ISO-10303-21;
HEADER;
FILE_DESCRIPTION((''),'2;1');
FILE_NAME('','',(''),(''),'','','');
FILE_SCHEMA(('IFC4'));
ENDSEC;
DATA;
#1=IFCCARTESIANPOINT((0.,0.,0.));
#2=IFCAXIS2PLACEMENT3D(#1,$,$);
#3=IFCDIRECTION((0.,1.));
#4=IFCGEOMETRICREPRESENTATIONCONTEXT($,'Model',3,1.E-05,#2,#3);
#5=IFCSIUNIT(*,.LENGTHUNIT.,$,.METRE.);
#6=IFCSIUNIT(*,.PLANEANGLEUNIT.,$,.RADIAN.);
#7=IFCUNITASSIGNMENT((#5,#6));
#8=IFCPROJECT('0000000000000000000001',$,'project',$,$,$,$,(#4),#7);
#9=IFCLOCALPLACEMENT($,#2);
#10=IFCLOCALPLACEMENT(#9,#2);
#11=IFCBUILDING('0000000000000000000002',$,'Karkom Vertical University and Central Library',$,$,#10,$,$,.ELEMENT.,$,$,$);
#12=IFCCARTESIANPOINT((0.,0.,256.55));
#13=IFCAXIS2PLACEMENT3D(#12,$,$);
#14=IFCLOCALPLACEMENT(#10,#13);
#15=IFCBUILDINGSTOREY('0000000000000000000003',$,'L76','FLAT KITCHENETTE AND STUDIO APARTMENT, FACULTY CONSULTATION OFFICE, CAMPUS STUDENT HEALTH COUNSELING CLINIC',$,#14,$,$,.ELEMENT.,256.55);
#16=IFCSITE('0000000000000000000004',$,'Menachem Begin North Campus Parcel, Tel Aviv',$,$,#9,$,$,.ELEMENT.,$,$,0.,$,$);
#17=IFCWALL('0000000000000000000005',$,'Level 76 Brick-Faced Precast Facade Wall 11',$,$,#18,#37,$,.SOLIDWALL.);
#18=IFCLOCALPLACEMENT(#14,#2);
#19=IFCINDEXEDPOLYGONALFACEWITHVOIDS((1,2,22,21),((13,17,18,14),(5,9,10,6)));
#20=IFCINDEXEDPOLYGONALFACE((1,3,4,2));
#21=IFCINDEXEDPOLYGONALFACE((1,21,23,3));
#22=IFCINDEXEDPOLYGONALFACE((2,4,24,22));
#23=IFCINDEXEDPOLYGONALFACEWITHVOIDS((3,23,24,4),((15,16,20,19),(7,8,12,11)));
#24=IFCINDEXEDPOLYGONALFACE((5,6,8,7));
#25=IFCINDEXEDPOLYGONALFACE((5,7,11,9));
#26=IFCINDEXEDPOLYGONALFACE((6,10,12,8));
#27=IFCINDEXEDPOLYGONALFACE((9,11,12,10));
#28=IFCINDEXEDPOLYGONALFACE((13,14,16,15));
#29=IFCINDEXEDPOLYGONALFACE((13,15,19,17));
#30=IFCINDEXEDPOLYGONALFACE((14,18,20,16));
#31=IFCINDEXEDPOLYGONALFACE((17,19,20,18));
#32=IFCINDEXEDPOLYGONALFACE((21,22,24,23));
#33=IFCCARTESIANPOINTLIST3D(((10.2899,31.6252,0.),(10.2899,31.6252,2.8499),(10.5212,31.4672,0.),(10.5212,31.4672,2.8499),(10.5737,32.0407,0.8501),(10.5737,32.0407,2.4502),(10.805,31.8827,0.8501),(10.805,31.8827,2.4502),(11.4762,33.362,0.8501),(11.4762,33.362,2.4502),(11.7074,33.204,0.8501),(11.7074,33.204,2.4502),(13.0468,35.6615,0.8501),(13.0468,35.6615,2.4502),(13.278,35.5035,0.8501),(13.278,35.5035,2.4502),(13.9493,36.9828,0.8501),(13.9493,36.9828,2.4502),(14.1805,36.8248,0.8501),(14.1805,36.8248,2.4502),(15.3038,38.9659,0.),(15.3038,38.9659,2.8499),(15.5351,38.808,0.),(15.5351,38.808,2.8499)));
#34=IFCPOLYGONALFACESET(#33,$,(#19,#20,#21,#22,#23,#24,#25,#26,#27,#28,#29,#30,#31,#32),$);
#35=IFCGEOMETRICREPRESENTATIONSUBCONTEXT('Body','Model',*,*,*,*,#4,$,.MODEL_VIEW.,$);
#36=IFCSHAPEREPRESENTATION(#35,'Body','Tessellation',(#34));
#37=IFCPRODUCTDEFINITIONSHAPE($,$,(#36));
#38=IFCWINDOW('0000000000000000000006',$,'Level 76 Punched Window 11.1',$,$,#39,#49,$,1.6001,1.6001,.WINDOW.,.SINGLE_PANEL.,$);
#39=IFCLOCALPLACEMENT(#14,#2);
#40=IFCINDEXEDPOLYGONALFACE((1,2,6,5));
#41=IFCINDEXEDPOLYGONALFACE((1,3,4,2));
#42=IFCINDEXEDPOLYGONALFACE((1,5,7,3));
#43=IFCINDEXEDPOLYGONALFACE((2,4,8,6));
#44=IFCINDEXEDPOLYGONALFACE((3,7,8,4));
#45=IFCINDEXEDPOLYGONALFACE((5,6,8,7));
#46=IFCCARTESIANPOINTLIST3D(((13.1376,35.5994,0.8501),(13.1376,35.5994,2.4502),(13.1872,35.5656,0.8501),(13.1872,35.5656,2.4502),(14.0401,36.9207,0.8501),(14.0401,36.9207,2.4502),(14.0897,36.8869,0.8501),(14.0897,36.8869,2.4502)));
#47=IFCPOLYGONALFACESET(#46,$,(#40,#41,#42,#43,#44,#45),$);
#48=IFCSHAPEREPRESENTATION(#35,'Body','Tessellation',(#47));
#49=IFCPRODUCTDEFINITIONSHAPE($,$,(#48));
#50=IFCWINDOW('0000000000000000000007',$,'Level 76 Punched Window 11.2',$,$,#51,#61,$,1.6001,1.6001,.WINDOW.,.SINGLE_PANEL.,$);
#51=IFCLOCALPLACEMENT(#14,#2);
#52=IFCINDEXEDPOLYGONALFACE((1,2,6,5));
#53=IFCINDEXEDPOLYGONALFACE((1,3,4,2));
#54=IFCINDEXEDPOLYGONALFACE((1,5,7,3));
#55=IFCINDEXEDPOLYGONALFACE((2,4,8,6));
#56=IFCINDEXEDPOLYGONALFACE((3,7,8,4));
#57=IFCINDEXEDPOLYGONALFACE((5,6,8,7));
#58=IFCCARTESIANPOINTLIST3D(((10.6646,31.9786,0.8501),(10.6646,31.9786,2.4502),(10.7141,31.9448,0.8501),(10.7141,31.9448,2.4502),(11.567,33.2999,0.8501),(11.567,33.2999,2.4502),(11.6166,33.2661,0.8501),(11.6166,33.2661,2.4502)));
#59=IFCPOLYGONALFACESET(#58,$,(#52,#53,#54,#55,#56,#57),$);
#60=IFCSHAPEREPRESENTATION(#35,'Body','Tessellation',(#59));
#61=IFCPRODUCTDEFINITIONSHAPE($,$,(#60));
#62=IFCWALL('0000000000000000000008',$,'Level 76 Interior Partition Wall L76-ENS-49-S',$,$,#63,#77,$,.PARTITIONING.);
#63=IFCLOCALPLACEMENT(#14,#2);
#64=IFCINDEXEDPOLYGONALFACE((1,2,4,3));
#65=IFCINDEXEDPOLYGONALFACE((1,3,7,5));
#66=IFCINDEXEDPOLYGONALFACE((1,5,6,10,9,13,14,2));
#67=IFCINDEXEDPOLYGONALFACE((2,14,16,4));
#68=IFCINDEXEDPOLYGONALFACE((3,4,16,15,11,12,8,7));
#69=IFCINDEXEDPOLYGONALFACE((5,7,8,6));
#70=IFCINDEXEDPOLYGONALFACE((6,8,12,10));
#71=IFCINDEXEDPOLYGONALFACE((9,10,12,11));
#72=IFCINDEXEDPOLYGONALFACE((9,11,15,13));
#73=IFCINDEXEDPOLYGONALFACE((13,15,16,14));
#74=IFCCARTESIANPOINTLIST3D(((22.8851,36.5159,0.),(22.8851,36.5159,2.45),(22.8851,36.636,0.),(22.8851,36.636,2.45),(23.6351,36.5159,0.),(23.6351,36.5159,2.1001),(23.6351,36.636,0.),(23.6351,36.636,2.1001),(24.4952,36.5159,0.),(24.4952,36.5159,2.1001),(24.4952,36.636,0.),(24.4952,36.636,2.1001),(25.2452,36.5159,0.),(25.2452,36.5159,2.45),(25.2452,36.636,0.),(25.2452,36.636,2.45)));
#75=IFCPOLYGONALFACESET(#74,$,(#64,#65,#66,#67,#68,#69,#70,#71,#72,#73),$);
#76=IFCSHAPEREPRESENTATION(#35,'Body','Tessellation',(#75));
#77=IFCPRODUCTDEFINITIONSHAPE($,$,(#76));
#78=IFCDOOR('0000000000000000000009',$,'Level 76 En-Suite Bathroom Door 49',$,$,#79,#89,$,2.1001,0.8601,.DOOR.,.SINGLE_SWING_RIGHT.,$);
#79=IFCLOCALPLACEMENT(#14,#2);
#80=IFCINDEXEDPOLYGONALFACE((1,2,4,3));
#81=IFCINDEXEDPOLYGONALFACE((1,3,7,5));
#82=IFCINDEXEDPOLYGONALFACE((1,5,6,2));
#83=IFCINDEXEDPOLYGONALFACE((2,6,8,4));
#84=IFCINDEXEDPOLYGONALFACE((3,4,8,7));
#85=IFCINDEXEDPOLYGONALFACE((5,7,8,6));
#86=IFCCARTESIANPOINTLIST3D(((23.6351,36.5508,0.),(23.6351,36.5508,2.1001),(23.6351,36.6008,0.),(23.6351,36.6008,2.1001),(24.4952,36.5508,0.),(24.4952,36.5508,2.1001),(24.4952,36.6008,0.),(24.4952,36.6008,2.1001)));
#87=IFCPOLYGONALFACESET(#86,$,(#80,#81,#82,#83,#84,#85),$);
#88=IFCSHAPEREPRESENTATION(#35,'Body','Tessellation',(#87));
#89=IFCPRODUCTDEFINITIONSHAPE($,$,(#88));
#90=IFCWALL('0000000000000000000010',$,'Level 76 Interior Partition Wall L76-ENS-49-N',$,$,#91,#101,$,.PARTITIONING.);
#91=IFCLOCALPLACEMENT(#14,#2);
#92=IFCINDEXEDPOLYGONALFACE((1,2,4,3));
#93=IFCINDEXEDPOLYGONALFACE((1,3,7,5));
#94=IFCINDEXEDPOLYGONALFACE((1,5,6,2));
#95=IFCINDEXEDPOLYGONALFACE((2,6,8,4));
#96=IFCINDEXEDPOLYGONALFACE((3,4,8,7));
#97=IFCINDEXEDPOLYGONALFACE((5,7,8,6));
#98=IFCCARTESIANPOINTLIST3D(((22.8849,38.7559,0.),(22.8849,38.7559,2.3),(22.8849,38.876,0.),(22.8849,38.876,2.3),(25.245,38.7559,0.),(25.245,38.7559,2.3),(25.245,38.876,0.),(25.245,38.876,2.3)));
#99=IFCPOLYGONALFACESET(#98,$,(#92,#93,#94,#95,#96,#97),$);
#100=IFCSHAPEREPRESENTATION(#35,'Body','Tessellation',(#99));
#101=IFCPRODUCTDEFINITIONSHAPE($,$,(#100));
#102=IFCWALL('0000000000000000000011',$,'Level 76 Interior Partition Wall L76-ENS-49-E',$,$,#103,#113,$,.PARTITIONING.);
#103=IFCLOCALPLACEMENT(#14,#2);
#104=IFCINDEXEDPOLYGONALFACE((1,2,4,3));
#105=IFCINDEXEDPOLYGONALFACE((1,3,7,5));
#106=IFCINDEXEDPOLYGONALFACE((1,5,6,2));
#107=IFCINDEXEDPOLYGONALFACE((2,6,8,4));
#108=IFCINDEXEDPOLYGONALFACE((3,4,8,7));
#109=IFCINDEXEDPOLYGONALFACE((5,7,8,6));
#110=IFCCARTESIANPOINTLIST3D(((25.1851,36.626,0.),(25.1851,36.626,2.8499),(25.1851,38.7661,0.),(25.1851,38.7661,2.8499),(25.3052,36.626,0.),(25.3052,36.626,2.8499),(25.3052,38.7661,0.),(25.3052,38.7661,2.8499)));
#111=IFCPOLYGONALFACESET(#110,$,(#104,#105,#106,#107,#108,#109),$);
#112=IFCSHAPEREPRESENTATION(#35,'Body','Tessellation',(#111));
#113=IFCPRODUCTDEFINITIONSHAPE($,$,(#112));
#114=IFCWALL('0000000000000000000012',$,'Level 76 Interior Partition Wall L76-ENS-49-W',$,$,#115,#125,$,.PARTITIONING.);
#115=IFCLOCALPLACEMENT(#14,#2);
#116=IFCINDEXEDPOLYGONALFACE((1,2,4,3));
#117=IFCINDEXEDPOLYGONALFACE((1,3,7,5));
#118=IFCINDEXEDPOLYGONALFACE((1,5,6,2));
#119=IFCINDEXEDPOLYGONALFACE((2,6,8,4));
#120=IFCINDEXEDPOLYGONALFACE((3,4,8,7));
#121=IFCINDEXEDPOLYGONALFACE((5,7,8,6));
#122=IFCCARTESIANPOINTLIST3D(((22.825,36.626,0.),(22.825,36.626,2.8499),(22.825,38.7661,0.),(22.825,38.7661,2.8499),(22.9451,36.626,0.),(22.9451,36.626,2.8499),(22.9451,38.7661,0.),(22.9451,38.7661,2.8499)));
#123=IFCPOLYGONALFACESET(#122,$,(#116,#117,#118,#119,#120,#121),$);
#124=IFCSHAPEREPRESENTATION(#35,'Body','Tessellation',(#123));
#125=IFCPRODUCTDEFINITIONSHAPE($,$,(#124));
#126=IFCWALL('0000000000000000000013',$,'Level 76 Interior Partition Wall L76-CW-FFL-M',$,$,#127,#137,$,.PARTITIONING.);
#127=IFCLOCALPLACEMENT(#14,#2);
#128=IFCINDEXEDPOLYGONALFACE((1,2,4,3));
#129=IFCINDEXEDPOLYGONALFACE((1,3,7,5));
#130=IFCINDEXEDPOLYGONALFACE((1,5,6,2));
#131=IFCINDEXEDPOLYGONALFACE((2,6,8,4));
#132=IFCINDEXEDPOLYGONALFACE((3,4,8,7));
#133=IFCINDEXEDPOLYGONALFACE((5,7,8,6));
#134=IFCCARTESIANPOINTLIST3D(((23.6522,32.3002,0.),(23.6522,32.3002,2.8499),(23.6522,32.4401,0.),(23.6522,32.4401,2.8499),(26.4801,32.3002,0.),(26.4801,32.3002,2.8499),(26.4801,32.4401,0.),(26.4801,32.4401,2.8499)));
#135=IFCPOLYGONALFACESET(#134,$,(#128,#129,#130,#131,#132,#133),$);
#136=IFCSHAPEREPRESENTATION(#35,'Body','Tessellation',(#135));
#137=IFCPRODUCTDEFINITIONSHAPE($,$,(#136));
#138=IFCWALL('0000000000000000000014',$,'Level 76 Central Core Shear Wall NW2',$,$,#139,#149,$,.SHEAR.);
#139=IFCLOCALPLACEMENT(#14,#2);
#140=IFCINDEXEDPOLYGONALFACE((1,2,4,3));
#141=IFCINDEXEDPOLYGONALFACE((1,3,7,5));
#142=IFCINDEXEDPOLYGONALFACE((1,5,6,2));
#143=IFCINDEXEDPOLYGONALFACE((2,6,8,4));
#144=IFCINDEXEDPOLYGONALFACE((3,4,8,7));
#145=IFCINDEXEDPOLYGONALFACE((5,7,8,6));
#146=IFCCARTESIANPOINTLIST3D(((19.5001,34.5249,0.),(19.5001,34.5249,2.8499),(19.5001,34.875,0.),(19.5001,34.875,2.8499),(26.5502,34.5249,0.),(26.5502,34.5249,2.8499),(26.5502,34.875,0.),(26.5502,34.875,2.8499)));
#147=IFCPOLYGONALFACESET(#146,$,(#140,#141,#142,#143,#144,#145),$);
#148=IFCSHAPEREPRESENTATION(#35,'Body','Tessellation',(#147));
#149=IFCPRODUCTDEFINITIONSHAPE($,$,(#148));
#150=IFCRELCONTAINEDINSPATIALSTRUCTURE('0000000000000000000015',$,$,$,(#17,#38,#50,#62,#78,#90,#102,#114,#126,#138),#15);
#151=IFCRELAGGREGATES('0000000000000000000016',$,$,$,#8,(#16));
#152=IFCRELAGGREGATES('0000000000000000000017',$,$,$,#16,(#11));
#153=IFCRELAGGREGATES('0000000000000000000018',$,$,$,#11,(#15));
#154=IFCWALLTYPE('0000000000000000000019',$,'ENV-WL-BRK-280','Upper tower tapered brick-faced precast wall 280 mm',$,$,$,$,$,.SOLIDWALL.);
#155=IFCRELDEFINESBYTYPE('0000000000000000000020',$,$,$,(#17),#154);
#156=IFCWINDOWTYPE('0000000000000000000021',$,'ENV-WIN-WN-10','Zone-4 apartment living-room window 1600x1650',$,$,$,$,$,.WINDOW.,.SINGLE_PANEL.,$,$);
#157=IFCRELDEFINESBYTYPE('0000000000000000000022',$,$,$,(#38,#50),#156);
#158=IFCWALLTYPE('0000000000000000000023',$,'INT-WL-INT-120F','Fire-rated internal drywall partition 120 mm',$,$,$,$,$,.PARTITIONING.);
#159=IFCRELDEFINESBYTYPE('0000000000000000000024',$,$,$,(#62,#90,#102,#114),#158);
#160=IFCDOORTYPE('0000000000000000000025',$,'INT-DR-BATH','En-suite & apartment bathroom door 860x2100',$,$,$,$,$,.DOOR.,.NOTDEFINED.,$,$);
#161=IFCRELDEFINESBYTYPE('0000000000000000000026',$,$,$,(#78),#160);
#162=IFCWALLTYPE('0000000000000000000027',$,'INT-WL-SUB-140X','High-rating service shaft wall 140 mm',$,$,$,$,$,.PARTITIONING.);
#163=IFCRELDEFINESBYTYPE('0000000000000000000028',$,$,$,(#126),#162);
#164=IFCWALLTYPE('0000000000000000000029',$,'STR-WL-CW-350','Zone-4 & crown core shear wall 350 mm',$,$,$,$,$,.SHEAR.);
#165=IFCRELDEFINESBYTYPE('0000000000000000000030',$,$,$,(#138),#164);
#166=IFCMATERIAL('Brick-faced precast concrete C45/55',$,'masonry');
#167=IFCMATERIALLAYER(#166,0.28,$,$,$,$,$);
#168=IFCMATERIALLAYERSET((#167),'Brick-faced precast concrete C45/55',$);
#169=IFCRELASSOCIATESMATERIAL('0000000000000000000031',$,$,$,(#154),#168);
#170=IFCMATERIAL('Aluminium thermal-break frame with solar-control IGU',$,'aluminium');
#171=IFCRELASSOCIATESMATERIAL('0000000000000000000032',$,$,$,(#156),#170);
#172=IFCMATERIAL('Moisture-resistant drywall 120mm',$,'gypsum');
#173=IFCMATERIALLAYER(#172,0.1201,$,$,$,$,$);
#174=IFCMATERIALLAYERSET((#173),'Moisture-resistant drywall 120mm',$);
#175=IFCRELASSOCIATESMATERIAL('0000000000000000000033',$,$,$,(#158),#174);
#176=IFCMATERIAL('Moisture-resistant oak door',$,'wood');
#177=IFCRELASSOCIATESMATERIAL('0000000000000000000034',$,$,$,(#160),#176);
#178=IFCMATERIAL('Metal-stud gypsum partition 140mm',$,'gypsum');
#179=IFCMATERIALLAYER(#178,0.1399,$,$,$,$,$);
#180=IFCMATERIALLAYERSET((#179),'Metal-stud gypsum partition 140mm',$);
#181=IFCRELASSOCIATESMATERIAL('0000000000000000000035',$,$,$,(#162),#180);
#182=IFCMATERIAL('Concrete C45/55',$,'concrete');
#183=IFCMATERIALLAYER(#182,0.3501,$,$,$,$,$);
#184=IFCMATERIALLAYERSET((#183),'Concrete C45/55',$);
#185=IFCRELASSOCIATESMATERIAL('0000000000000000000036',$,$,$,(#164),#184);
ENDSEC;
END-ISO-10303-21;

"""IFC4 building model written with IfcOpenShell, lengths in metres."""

from ifc_helpers import new_model, si_unit, direction, frame, frame_2d, origin, origin_with_axes, place, context, subcontext, project, spatial, rectangle, extrude, source, transform, mapped, material, layer, layer_set, type_object, element, fill, save


model = new_model("IFC4")

# Units and contexts
model_context = context("Model", 3, precision=1e-05, world=origin(), true_north=direction((0.0, 1.0)))
body_context = subcontext(model_context, "Body", "Model", "MODEL_VIEW")
ifc_project = project(units=[si_unit("LENGTHUNIT", "METRE"), si_unit("PLANEANGLEUNIT", "RADIAN")], contexts=[model_context])

# Site, building, storey
site_placement = place(None, origin())
site = spatial("IfcSite", under=ifc_project, at=site_placement, Name="Menachem Begin North Campus Parcel, Tel Aviv", CompositionType="ELEMENT", RefElevation=0.0)
building_placement = place(site_placement, origin())
building = spatial("IfcBuilding", under=site, at=building_placement, Name="Karkom Vertical University and Central Library", CompositionType="ELEMENT")
storey_placement = place(building_placement, frame((0.0, 0.0, 256.55)))
storey = spatial("IfcBuildingStorey", under=building, at=storey_placement, Name="L76", Description="FLAT KITCHENETTE AND STUDIO APARTMENT, FACULTY CONSULTATION OFFICE, CAMPUS STUDENT HEALTH COUNSELING CLINIC", CompositionType="ELEMENT", Elevation=256.55)

# Shared definitions
ifc_material_1 = material(Name="Concrete C45/55", Category="concrete")

# Wall, openings, windows
ifc_material_2 = material(Name="Brick-faced precast concrete C45/55", Category="masonry")
ifc_layer_1 = layer(ifc_material_2, 0.28)
ifc_layer_set_1 = layer_set([ifc_layer_1], Name="Brick-faced precast concrete C45/55")
wall_type_1 = type_object("IfcWallType", Name="ENV-WL-BRK-280", Description="Upper tower tapered brick-faced precast wall 280 mm", PredefinedType="SOLIDWALL", material=ifc_layer_set_1)
ifc_material_3 = material(Name="Aluminium thermal-break frame with solar-control IGU", Category="aluminium")
window_type = type_object("IfcWindowType", Name="ENV-WIN-WN-10", Description="Zone-4 apartment living-room window 1600x1650", PartitioningType="SINGLE_PANEL", PredefinedType="WINDOW", material=ifc_material_3)
shared_shape_1 = source(origin_with_axes(), body_context, "Body", "SweptSolid", [
    extrude(rectangle(XDim=1.6001, YDim=1.6001, at=frame_2d((0.8, 0.8))), frame((0.0, 0.03, 0.0), z_axis=(0.0, -1.0, 0.0), x_axis=(1.0, 0.0, 0.0)), (0.0, 0.0, 1.0), 0.0601),
])
wall_1_placement = place(storey_placement, frame((15.4194, 38.887, 0.0), z_axis=(0.0, 0.0, 1.0), x_axis=(-0.564013, -0.825766, 0.0)))
wall_1 = element("IfcWall", 1, at=wall_1_placement, inside=storey, type_object=wall_type_1, Name="Level 76 Brick-Faced Precast Facade Wall 11", PredefinedType="SOLIDWALL", context=body_context, shape_type="SweptSolid", body=[
    extrude(rectangle(XDim=8.8896, YDim=0.28, at=frame_2d((4.4448, 0.0))), origin(), (0.0, 0.0, 1.0), 2.8499),
])
opening_1_placement = place(wall_1_placement, frame((2.4016, 0.0, 0.8501)))
opening_1 = element("IfcOpeningElement", 2, at=opening_1_placement, cuts=wall_1, PredefinedType="OPENING", context=body_context, shape_type="SweptSolid", body=[
    extrude(rectangle(XDim=1.6001, YDim=1.6001, at=frame_2d((0.8, 0.8))), frame((0.0, 0.1499, 0.0), z_axis=(0.0, -1.0, 0.0), x_axis=(1.0, 0.0, 0.0)), (0.0, 0.0, 1.0), 0.3),
])
opening_2_placement = place(wall_1_placement, frame((6.7864, 0.0, 0.8501)))
opening_2 = element("IfcOpeningElement", 3, at=opening_2_placement, cuts=wall_1, PredefinedType="OPENING", context=body_context, shape_type="SweptSolid", body=[
    extrude(rectangle(XDim=1.6001, YDim=1.6001, at=frame_2d((0.8, 0.8))), frame((0.0, 0.1499, 0.0), z_axis=(0.0, -1.0, 0.0), x_axis=(1.0, 0.0, 0.0)), (0.0, 0.0, 1.0), 0.3),
])
window_1_placement = place(opening_1_placement, origin())
window_1 = element("IfcWindow", 4, at=window_1_placement, inside=storey, type_object=window_type, Name="Level 76 Punched Window 11.1", OverallHeight=1.6001, OverallWidth=1.6001, PartitioningType="SINGLE_PANEL", PredefinedType="WINDOW", context=body_context, shape_type="MappedRepresentation", body=[
    mapped(shared_shape_1, transform((0.0, 0.0, 0.0), scale=1.0)),
])
fill(opening_1, window_1)
window_2_placement = place(opening_2_placement, origin())
window_2 = element("IfcWindow", 5, at=window_2_placement, inside=storey, type_object=window_type, Name="Level 76 Punched Window 11.2", OverallHeight=1.6001, OverallWidth=1.6001, PartitioningType="SINGLE_PANEL", PredefinedType="WINDOW", context=body_context, shape_type="MappedRepresentation", body=[
    mapped(shared_shape_1, transform((0.0, 0.0, 0.0), scale=1.0)),
])
fill(opening_2, window_2)

# Wall, opening, door
ifc_material_4 = material(Name="Moisture-resistant drywall 120mm", Category="gypsum")
ifc_layer_2 = layer(ifc_material_4, 0.1201)
ifc_layer_set_2 = layer_set([ifc_layer_2], Name="Moisture-resistant drywall 120mm")
wall_type_2 = type_object("IfcWallType", Name="INT-WL-INT-120F", Description="Fire-rated internal drywall partition 120 mm", PredefinedType="PARTITIONING", material=ifc_layer_set_2)
wall_2_placement = place(storey_placement, frame((22.885, 36.5759, 0.0), z_axis=(0.0, 0.0, 1.0), x_axis=(1.0, 0.0, 0.0)))
wall_2 = element("IfcWall", 6, at=wall_2_placement, inside=storey, type_object=wall_type_2, Name="Level 76 Interior Partition Wall L76-ENS-49-S", PredefinedType="PARTITIONING", context=body_context, shape_type="SweptSolid", body=[
    extrude(rectangle(XDim=2.3601, YDim=0.1201, at=frame_2d((1.1802, 0.0))), origin(), (0.0, 0.0, 1.0), 2.45),
])
opening_3_placement = place(wall_2_placement, frame((0.75, 0.0, 0.0)))
opening_3 = element("IfcOpeningElement", 7, at=opening_3_placement, cuts=wall_2, PredefinedType="OPENING", context=body_context, shape_type="SweptSolid", body=[
    extrude(rectangle(XDim=0.8601, YDim=2.1001, at=frame_2d((0.4302, 1.05))), frame((0.0, 0.0701, 0.0), z_axis=(0.0, -1.0, 0.0), x_axis=(1.0, 0.0, 0.0)), (0.0, 0.0, 1.0), 0.1401),
])
ifc_material_5 = material(Name="Moisture-resistant oak door", Category="wood")
door_type_1 = type_object("IfcDoorType", Name="INT-DR-BATH", Description="En-suite & apartment bathroom door 860x2100", OperationType="NOTDEFINED", PredefinedType="DOOR", material=ifc_material_5)
shared_shape_2 = source(origin_with_axes(), body_context, "Body", "SweptSolid", [
    extrude(rectangle(XDim=0.8601, YDim=2.1001, at=frame_2d((0.4302, 1.05))), frame((0.0, 0.0249, 0.0), z_axis=(0.0, -1.0, 0.0), x_axis=(1.0, 0.0, 0.0)), (0.0, 0.0, 1.0), 0.05),
])
door_1_placement = place(opening_3_placement, origin())
door_1 = element("IfcDoor", 8, at=door_1_placement, inside=storey, type_object=door_type_1, Name="Level 76 En-Suite Bathroom Door 49", OperationType="SINGLE_SWING_RIGHT", OverallHeight=2.1001, OverallWidth=0.8601, PredefinedType="DOOR", context=body_context, shape_type="MappedRepresentation", body=[
    mapped(shared_shape_2, transform((0.0, 0.0, 0.0), scale=1.0)),
])
fill(opening_3, door_1)

# Walls
wall_3_placement = place(storey_placement, frame((25.2451, 38.8159, 0.0), z_axis=(0.0, 0.0, 1.0), x_axis=(-1.0, 0.0, 0.0)))
element("IfcWall", 9, at=wall_3_placement, inside=storey, type_object=wall_type_2, Name="Level 76 Interior Partition Wall L76-ENS-49-N", PredefinedType="PARTITIONING", context=body_context, shape_type="SweptSolid", body=[
    extrude(rectangle(XDim=2.3601, YDim=0.1201, at=frame_2d((1.1802, 0.0))), origin(), (0.0, 0.0, 1.0), 2.3),
])
for number, where, z_axis, x_axis, name in (
    (10, (25.2451, 36.626, 0.0), (0.0, 0.0, 1.0), (0.0, 1.0, 0.0), "Level 76 Interior Partition Wall L76-ENS-49-E"),
    (11, (22.885, 38.7661, 0.0), (0.0, 0.0, 1.0), (0.0, -1.0, 0.0), "Level 76 Interior Partition Wall L76-ENS-49-W"),
):
    element("IfcWall", number, at=place(storey_placement, frame(where, z_axis=z_axis, x_axis=x_axis)), inside=storey, type_object=wall_type_2, Name=name, PredefinedType="PARTITIONING", context=body_context, shape_type="SweptSolid", body=[
        extrude(rectangle(XDim=2.1401, YDim=0.1201, at=frame_2d((1.0701, 0.0))), origin(), (0.0, 0.0, 1.0), 2.8499),
    ])
ifc_material_6 = material(Name="Metal-stud gypsum partition 140mm", Category="gypsum")
ifc_layer_3 = layer(ifc_material_6, 0.1399)
ifc_layer_set_3 = layer_set([ifc_layer_3], Name="Metal-stud gypsum partition 140mm")
wall_type_3 = type_object("IfcWallType", Name="INT-WL-SUB-140X", Description="High-rating service shaft wall 140 mm", PredefinedType="PARTITIONING", material=ifc_layer_set_3)
wall_4_placement = place(storey_placement, frame((23.6521, 32.3701, 0.0), z_axis=(0.0, 0.0, 1.0), x_axis=(1.0, 0.0, 0.0)))
element("IfcWall", 12, at=wall_4_placement, inside=storey, type_object=wall_type_3, Name="Level 76 Interior Partition Wall L76-CW-FFL-M", PredefinedType="PARTITIONING", context=body_context, shape_type="SweptSolid", body=[
    extrude(rectangle(XDim=2.8279, YDim=0.1399, at=frame_2d((1.4141, 0.0))), origin(), (0.0, 0.0, 1.0), 2.8499),
])
ifc_layer_4 = layer(ifc_material_1, 0.3501)
ifc_layer_set_4 = layer_set([ifc_layer_4], Name="Concrete C45/55")
wall_type_4 = type_object("IfcWallType", Name="STR-WL-CW-350", Description="Zone-4 & crown core shear wall 350 mm", PredefinedType="SHEAR", material=ifc_layer_set_4)
wall_5_placement = place(storey_placement, frame((26.55, 34.7, 0.0), z_axis=(0.0, 0.0, 1.0), x_axis=(-1.0, 0.0, 0.0)))
element("IfcWall", 13, at=wall_5_placement, inside=storey, type_object=wall_type_4, Name="Level 76 Central Core Shear Wall NW2", PredefinedType="SHEAR", context=body_context, shape_type="SweptSolid", body=[
    extrude(rectangle(XDim=7.05, YDim=0.3501, at=frame_2d((3.5249, 0.0))), origin(), (0.0, 0.0, 1.0), 2.8499),
])

save(model, "model.ifc")
